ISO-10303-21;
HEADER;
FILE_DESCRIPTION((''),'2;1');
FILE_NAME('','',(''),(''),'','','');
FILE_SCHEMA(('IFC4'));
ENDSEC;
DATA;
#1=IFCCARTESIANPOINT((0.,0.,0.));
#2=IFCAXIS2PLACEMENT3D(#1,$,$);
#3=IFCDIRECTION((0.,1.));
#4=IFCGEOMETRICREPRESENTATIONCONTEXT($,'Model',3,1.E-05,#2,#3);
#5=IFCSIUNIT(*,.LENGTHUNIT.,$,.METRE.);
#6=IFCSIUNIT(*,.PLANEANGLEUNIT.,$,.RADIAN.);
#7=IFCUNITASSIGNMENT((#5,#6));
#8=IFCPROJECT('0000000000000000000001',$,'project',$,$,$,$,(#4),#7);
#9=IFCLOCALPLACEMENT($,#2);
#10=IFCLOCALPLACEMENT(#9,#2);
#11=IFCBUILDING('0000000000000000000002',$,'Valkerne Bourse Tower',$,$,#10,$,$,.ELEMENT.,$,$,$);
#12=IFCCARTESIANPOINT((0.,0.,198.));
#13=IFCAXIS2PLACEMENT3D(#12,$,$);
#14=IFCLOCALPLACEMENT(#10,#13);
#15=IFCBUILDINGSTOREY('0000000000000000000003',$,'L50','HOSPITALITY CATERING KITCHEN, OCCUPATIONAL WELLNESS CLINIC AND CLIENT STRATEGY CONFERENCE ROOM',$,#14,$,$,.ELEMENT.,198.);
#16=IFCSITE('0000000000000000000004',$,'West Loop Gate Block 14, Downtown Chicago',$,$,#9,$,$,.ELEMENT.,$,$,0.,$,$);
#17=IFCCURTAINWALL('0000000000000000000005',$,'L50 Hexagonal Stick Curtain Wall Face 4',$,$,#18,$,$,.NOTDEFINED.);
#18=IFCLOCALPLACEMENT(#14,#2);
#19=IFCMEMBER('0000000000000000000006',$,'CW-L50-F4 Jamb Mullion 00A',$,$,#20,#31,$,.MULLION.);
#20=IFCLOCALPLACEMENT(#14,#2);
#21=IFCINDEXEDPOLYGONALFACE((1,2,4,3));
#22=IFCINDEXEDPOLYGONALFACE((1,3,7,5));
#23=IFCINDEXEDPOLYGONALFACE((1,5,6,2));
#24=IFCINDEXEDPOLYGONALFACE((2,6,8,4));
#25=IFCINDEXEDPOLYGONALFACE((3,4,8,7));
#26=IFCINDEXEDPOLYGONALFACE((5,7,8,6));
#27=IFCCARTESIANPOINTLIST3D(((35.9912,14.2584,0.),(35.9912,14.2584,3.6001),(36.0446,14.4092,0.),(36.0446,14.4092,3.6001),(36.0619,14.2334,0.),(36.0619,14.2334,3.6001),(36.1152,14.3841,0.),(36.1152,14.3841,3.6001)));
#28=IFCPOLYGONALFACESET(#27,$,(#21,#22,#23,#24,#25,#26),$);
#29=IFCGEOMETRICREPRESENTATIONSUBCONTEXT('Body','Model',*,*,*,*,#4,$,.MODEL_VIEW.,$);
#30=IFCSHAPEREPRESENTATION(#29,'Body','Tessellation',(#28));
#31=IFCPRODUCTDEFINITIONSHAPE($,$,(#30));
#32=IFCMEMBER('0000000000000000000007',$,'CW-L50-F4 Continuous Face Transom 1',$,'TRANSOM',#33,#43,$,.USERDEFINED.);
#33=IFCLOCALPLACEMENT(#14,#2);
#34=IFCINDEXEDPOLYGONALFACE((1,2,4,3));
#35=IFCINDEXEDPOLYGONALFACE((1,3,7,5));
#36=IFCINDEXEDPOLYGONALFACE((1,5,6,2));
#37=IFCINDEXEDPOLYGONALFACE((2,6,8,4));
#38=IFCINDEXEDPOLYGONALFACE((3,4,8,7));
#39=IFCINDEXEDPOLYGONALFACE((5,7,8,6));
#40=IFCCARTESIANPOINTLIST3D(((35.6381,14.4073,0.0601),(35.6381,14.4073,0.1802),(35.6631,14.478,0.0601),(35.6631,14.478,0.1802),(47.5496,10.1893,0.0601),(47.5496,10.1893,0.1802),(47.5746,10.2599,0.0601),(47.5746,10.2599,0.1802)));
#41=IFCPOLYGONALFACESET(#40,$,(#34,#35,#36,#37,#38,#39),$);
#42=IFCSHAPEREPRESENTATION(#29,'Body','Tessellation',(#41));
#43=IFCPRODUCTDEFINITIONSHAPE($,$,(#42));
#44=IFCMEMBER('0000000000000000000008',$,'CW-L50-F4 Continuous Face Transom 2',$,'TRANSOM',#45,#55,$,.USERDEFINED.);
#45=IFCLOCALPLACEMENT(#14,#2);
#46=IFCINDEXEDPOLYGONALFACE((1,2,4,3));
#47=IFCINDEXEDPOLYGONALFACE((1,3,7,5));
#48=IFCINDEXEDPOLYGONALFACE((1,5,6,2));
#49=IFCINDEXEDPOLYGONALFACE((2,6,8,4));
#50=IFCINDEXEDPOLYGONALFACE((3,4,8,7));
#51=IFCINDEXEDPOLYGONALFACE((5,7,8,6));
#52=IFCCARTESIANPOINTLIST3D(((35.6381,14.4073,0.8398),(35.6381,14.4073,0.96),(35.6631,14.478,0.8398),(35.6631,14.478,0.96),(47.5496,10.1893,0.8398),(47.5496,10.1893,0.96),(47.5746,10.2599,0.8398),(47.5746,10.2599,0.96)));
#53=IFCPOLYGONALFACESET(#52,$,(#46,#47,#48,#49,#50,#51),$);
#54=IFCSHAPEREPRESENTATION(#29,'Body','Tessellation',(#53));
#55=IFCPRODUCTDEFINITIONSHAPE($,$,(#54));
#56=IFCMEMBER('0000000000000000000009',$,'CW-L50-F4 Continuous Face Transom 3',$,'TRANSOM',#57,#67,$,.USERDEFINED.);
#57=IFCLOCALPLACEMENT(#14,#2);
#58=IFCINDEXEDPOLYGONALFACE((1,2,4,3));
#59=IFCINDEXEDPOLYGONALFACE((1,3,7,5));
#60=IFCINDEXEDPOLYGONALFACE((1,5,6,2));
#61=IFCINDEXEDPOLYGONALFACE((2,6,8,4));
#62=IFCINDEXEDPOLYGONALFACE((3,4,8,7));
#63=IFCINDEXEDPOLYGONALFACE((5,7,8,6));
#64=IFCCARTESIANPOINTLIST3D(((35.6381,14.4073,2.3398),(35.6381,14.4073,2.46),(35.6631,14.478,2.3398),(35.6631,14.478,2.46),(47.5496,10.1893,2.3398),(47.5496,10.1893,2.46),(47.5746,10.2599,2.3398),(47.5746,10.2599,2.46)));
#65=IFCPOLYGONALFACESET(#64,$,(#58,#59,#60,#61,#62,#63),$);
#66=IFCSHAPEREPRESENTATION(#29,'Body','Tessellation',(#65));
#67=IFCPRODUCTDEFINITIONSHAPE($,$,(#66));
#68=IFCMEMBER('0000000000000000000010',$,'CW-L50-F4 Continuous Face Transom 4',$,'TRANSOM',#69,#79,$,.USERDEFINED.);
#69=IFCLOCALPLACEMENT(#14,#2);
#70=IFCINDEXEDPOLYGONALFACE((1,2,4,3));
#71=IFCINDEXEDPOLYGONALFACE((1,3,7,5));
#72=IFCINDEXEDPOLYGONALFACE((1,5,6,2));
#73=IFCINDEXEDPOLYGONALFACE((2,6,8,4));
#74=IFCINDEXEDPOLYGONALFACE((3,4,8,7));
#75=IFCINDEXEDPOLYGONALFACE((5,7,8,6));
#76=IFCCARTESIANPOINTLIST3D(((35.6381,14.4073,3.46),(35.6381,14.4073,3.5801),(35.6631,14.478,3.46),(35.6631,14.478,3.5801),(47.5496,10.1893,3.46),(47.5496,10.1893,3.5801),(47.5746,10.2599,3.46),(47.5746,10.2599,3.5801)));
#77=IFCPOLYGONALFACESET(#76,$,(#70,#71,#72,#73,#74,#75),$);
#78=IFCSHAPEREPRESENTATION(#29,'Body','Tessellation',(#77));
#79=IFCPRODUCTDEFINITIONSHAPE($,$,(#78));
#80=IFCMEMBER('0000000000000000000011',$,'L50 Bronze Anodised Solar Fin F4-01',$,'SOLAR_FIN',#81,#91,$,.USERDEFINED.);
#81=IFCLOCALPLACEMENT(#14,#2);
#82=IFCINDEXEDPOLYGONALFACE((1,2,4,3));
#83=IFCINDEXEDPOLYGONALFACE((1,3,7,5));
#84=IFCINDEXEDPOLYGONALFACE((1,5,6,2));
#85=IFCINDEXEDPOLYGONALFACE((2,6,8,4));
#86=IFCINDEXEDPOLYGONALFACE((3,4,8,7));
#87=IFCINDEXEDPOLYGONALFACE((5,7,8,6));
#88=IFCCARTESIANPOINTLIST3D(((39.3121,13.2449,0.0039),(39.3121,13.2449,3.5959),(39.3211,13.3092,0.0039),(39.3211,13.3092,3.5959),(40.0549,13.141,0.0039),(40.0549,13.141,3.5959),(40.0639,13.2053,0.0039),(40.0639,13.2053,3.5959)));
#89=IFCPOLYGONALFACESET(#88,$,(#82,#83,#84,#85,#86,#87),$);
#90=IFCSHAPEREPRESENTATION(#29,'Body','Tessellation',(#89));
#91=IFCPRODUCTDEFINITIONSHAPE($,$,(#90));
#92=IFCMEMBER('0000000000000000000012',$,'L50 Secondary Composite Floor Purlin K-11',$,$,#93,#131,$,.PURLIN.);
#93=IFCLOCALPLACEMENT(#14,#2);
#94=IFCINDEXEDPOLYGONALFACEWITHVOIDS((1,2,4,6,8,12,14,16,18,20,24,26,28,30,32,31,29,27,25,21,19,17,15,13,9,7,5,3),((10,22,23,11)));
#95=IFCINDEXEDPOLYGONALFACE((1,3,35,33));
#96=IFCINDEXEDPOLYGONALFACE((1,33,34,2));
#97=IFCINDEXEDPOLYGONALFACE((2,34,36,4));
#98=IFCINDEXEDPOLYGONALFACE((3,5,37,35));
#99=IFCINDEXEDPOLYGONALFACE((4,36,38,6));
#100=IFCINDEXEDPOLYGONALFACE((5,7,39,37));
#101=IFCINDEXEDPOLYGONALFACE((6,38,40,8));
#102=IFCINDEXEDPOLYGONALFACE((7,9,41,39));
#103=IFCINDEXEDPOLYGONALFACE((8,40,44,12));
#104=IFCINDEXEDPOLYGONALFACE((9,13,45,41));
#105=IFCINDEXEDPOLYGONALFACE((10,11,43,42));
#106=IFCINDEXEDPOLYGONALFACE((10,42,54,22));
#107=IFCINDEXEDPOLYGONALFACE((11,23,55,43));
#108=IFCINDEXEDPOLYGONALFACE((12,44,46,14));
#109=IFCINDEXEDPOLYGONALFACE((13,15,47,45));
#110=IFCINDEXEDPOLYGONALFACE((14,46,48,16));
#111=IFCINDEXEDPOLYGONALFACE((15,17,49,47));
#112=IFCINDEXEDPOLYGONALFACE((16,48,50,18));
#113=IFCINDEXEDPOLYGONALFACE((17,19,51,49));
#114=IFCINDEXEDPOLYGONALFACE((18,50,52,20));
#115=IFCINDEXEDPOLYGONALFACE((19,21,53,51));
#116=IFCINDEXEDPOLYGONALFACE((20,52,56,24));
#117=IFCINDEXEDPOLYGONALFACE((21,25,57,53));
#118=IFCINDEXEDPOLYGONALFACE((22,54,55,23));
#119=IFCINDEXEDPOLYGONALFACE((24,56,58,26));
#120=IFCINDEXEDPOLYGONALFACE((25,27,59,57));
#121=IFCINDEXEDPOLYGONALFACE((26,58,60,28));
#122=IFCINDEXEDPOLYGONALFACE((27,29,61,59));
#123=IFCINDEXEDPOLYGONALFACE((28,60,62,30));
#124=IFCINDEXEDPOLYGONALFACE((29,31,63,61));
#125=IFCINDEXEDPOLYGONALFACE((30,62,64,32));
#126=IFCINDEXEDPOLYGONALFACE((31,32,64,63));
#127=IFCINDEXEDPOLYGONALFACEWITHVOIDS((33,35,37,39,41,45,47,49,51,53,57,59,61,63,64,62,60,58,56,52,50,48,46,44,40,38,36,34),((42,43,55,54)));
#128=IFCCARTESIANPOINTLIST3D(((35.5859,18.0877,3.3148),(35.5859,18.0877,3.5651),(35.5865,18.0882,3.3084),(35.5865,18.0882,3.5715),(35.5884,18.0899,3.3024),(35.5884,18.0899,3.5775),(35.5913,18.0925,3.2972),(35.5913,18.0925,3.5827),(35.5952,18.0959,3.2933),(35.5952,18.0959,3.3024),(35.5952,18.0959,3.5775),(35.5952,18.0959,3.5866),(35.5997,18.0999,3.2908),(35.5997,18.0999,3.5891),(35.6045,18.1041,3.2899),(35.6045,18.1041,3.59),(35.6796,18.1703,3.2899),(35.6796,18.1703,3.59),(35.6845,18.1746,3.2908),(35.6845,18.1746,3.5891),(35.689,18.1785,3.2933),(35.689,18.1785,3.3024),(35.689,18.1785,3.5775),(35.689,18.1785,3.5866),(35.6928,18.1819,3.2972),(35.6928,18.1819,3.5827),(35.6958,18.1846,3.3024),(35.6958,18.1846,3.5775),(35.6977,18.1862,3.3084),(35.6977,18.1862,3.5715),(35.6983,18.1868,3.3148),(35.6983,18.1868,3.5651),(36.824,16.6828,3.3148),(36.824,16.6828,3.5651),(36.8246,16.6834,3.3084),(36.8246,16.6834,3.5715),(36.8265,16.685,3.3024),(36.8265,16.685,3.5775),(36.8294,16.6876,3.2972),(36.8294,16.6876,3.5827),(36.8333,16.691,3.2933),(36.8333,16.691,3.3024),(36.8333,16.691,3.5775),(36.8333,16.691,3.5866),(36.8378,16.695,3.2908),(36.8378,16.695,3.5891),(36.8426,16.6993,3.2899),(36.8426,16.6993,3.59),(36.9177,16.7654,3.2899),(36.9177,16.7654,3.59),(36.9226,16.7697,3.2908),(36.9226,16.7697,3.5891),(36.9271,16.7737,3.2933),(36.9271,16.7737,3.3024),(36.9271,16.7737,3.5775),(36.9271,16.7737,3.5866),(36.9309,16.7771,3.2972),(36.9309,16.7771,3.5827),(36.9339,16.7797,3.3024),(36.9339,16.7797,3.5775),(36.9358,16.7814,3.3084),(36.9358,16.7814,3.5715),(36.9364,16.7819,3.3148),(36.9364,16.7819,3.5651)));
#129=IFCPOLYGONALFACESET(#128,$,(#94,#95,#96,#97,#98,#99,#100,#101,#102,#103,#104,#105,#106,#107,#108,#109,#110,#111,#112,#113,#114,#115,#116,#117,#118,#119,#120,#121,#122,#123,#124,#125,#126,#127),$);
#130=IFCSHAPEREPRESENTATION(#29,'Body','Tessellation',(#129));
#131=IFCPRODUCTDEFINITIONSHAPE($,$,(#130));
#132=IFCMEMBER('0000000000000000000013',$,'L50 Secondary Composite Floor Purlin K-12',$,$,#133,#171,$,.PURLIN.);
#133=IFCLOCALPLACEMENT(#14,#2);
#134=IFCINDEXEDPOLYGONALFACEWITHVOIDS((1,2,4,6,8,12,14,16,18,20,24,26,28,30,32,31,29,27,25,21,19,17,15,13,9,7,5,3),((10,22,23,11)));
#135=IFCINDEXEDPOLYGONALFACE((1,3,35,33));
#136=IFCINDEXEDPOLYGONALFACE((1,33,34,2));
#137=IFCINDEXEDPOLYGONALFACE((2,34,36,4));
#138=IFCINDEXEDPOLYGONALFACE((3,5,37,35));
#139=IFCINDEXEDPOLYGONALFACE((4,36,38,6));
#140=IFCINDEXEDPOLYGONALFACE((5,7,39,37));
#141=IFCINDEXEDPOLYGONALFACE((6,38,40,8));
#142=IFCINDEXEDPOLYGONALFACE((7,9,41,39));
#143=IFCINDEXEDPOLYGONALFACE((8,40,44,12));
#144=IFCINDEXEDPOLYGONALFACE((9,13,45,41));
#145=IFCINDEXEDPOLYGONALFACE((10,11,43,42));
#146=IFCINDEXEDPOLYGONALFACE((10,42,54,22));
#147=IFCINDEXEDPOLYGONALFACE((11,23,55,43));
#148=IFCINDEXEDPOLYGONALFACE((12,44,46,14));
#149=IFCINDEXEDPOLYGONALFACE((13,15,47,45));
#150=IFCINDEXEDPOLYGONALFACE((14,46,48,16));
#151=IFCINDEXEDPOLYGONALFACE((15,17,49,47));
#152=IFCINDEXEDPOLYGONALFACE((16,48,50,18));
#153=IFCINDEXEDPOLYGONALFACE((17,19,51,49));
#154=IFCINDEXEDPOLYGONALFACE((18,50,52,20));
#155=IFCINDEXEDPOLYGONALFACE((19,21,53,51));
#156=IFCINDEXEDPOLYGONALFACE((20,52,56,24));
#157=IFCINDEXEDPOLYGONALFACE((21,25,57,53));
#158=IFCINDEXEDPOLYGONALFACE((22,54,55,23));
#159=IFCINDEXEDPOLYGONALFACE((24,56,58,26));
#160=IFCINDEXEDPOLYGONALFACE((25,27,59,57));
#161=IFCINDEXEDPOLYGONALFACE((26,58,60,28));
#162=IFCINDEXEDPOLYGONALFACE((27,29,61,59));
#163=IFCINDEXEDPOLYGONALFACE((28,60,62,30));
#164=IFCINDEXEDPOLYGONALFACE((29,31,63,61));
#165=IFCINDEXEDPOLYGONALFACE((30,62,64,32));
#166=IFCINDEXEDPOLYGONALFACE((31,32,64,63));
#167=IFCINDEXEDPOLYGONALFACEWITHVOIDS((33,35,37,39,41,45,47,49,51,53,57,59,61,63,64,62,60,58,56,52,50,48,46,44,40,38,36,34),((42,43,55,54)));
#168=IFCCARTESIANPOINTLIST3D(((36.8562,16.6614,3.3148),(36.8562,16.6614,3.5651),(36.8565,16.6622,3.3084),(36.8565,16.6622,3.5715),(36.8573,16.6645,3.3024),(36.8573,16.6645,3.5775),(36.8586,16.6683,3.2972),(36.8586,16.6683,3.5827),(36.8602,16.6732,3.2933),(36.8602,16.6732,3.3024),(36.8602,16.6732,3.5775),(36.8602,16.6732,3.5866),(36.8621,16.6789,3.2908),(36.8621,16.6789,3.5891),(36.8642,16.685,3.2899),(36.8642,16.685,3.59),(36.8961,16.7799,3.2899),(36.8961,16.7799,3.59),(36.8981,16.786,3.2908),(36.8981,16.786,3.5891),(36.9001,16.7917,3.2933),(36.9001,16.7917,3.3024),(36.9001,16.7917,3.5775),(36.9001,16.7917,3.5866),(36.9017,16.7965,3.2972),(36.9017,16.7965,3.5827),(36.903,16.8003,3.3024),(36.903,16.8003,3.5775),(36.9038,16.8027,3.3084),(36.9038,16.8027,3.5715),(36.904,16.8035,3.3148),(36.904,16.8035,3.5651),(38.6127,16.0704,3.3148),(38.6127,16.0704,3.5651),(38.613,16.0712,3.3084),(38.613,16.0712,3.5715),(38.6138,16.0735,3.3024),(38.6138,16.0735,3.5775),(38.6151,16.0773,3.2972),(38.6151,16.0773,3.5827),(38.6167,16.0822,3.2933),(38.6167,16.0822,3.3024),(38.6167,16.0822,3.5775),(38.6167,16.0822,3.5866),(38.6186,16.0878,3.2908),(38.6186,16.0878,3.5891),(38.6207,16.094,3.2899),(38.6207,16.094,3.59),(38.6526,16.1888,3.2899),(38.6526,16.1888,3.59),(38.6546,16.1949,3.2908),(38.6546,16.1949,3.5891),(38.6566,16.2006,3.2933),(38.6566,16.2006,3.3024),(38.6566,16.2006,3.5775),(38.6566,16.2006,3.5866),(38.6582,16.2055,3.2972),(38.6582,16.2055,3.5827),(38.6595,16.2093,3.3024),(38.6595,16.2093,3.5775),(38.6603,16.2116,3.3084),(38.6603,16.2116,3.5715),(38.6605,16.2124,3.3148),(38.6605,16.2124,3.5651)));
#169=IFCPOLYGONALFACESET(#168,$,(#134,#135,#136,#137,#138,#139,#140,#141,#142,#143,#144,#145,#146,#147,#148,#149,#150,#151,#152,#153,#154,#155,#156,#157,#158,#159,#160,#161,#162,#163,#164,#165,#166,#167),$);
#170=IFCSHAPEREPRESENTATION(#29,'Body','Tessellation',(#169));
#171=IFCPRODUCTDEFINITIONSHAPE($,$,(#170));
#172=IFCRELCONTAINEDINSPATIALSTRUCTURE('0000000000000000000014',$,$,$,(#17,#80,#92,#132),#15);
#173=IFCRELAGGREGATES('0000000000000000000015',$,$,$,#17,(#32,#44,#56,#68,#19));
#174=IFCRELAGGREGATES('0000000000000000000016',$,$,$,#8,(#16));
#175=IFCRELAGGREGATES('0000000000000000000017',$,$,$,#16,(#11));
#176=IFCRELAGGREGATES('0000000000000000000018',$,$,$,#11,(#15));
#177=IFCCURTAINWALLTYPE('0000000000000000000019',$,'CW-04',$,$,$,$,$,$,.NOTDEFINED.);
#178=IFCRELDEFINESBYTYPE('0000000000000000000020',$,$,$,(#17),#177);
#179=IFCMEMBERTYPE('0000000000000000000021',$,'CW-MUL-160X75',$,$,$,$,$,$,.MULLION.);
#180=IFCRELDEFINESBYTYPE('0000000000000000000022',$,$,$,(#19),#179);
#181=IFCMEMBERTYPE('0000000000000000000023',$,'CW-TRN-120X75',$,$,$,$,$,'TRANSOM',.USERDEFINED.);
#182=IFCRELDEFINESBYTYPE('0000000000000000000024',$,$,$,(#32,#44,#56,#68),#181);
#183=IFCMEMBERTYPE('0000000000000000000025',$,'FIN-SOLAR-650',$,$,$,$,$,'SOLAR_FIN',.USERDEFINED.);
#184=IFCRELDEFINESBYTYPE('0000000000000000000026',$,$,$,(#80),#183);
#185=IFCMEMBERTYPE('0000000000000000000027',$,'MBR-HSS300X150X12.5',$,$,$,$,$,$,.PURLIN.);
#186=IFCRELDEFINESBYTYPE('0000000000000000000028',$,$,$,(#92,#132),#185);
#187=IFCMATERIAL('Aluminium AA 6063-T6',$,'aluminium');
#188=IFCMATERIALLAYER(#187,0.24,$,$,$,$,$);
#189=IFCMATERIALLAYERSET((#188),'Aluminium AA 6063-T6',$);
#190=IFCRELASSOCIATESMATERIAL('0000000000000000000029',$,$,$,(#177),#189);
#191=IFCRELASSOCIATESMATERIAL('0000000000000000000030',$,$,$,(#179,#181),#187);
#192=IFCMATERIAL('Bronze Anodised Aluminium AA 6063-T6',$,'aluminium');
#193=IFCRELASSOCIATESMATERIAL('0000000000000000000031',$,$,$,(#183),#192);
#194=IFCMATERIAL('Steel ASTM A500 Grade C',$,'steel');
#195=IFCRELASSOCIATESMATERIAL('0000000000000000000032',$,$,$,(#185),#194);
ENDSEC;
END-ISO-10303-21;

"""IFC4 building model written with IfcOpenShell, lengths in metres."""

from ifc_helpers import new_model, si_unit, direction, frame, origin, origin_2d, place, context, subcontext, project, spatial, rectangle, hollow_rectangle, extrude, material, layer, layer_set, material_profile, profile_set, type_object, element, aggregate, save


model = new_model("IFC4")

# Units and contexts
model_context = context("Model", 3, precision=1e-05, world=origin(), true_north=direction((0.0, 1.0)))
body_context = subcontext(model_context, "Body", "Model", "MODEL_VIEW")
ifc_project = project(units=[si_unit("LENGTHUNIT", "METRE"), si_unit("PLANEANGLEUNIT", "RADIAN")], contexts=[model_context])

# Site, building, storey
site_placement = place(None, origin())
site = spatial("IfcSite", under=ifc_project, at=site_placement, Name="West Loop Gate Block 14, Downtown Chicago", CompositionType="ELEMENT", RefElevation=0.0)
building_placement = place(site_placement, origin())
building = spatial("IfcBuilding", under=site, at=building_placement, Name="Valkerne Bourse Tower", CompositionType="ELEMENT")
storey_placement = place(building_placement, frame((0.0, 0.0, 198.0)))
storey = spatial("IfcBuildingStorey", under=building, at=storey_placement, Name="L50", Description="HOSPITALITY CATERING KITCHEN, OCCUPATIONAL WELLNESS CLINIC AND CLIENT STRATEGY CONFERENCE ROOM", CompositionType="ELEMENT", Elevation=198.0)

# Curtain wall, members
ifc_material_1 = material(Name="Aluminium AA 6063-T6", Category="aluminium")
ifc_layer_1 = layer(ifc_material_1, 0.24)
ifc_layer_set_1 = layer_set([ifc_layer_1], Name="Aluminium AA 6063-T6")
curtain_wall_type = type_object("IfcCurtainWallType", Name="CW-04", PredefinedType="NOTDEFINED", material=ifc_layer_set_1)
curtain_wall_placement = place(storey_placement, origin())
curtain_wall = element("IfcCurtainWall", 1, at=curtain_wall_placement, inside=storey, type_object=curtain_wall_type, Name="L50 Hexagonal Stick Curtain Wall Face 4", PredefinedType="NOTDEFINED")
ifc_material_profile_1 = material_profile(ifc_material_1, rectangle(XDim=0.075, YDim=0.1599, at=origin_2d()), Name="CWM-75X160")
ifc_profile_set_1 = profile_set([ifc_material_profile_1], Name="Aluminium AA 6063-T6")
member_type_1 = type_object("IfcMemberType", Name="CW-MUL-160X75", PredefinedType="MULLION", material=ifc_profile_set_1)
member_1_placement = place(storey_placement, frame((36.0532, 14.3213, 0.0), z_axis=(0.0, 0.0, 1.0), x_axis=(0.942644, -0.333801, 0.0)))
member_1 = element("IfcMember", 2, at=member_1_placement, type_object=member_type_1, Name="CW-L50-F4 Jamb Mullion 00A", PredefinedType="MULLION", context=body_context, shape_type="SweptSolid", body=[
    extrude(rectangle(XDim=0.075, YDim=0.1599, at=origin_2d()), origin(), (0.0, 0.0, 1.0), 3.6001),
])
ifc_material_profile_2 = material_profile(ifc_material_1, rectangle(XDim=0.075, YDim=0.1201, at=origin_2d()), Name="CWT-75X120")
ifc_profile_set_2 = profile_set([ifc_material_profile_2], Name="Aluminium AA 6063-T6")
member_type_2 = type_object("IfcMemberType", Name="CW-TRN-120X75", ElementType="TRANSOM", PredefinedType="USERDEFINED", material=ifc_profile_set_2)
member_2_placement = place(storey_placement, frame((35.6506, 14.4426, 0.1201), z_axis=(0.942642, -0.333805, 0.0), x_axis=(0.333805, 0.942642, 0.0)))
member_2 = element("IfcMember", 3, at=member_2_placement, type_object=member_type_2, Name="CW-L50-F4 Continuous Face Transom 1", ObjectType="TRANSOM", PredefinedType="USERDEFINED", context=body_context, shape_type="SweptSolid", body=[
    extrude(rectangle(XDim=0.075, YDim=0.1201, at=origin_2d()), origin(), (0.0, 0.0, 1.0), 12.6362),
])
member_3_placement = place(storey_placement, frame((35.6506, 14.4426, 0.8999), z_axis=(0.942642, -0.333805, 0.0), x_axis=(0.333805, 0.942642, 0.0)))
member_3 = element("IfcMember", 4, at=member_3_placement, type_object=member_type_2, Name="CW-L50-F4 Continuous Face Transom 2", ObjectType="TRANSOM", PredefinedType="USERDEFINED", context=body_context, shape_type="SweptSolid", body=[
    extrude(rectangle(XDim=0.075, YDim=0.1201, at=origin_2d()), origin(), (0.0, 0.0, 1.0), 12.6362),
])
member_4_placement = place(storey_placement, frame((35.6506, 14.4426, 2.3999), z_axis=(0.942642, -0.333805, 0.0), x_axis=(0.333805, 0.942642, 0.0)))
member_4 = element("IfcMember", 5, at=member_4_placement, type_object=member_type_2, Name="CW-L50-F4 Continuous Face Transom 3", ObjectType="TRANSOM", PredefinedType="USERDEFINED", context=body_context, shape_type="SweptSolid", body=[
    extrude(rectangle(XDim=0.075, YDim=0.1201, at=origin_2d()), origin(), (0.0, 0.0, 1.0), 12.6362),
])
member_5_placement = place(storey_placement, frame((35.6506, 14.4426, 3.52), z_axis=(0.942642, -0.333805, 0.0), x_axis=(0.333805, 0.942642, 0.0)))
member_5 = element("IfcMember", 6, at=member_5_placement, type_object=member_type_2, Name="CW-L50-F4 Continuous Face Transom 4", ObjectType="TRANSOM", PredefinedType="USERDEFINED", context=body_context, shape_type="SweptSolid", body=[
    extrude(rectangle(XDim=0.075, YDim=0.1201, at=origin_2d()), origin(), (0.0, 0.0, 1.0), 12.6362),
])

# Members
ifc_material_2 = material(Name="Bronze Anodised Aluminium AA 6063-T6", Category="aluminium")
ifc_material_profile_3 = material_profile(ifc_material_2, rectangle(XDim=0.0649, YDim=0.75, at=origin_2d()), Name="FIN-65X750")
ifc_profile_set_3 = profile_set([ifc_material_profile_3], Name="Bronze Anodised Aluminium AA 6063-T6")
member_type_3 = type_object("IfcMemberType", Name="FIN-SOLAR-650", ElementType="SOLAR_FIN", PredefinedType="USERDEFINED", material=ifc_profile_set_3)
member_6_placement = place(storey_placement, frame((39.688, 13.2251, 0.0039), z_axis=(0.0, 0.0, 1.0), x_axis=(-0.138522, -0.990359, 0.0)))
element("IfcMember", 7, at=member_6_placement, inside=storey, type_object=member_type_3, Name="L50 Bronze Anodised Solar Fin F4-01", ObjectType="SOLAR_FIN", PredefinedType="USERDEFINED", context=body_context, shape_type="SweptSolid", body=[
    extrude(rectangle(XDim=0.0649, YDim=0.75, at=origin_2d()), origin(), (0.0, 0.0, 1.0), 3.592),
])
ifc_material_3 = material(Name="Steel ASTM A500 Grade C", Category="steel")
ifc_material_profile_4 = material_profile(ifc_material_3, hollow_rectangle(XDim=0.1499, YDim=0.3, WallThickness=0.0125, OuterFilletRadius=0.0249, at=origin_2d()), Name="HSS300X150X12.5")
ifc_profile_set_4 = profile_set([ifc_material_profile_4], Name="Steel ASTM A500 Grade C")
member_type_4 = type_object("IfcMemberType", Name="MBR-HSS300X150X12.5", PredefinedType="PURLIN", material=ifc_profile_set_4)
member_7_placement = place(storey_placement, frame((35.6421, 18.1372, 3.4399), z_axis=(0.661177, -0.75023, 0.0), x_axis=(0.75023, 0.661177, 0.0)))
element("IfcMember", 8, at=member_7_placement, inside=storey, type_object=member_type_4, Name="L50 Secondary Composite Floor Purlin K-11", PredefinedType="PURLIN", context=body_context, shape_type="SweptSolid", body=[
    extrude(hollow_rectangle(XDim=0.1499, YDim=0.3, WallThickness=0.0125, OuterFilletRadius=0.0249, at=origin_2d()), origin(), (0.0, 0.0, 1.0), 1.8726),
])
for number, where, z_axis, x_axis, name in (
    (9, (36.8801, 16.7324, 3.4399), (0.947784, -0.318914, 0.0), (0.318914, 0.947784, 0.0), "L50 Secondary Composite Floor Purlin K-12"),
):
    element("IfcMember", number, at=place(storey_placement, frame(where, z_axis=z_axis, x_axis=x_axis)), inside=storey, type_object=member_type_4, Name=name, PredefinedType="PURLIN", context=body_context, shape_type="SweptSolid", body=[
        extrude(hollow_rectangle(XDim=0.1499, YDim=0.3, WallThickness=0.0125, OuterFilletRadius=0.0249, at=origin_2d()), origin(), (0.0, 0.0, 1.0), 1.8533),
    ])

aggregate(curtain_wall, [member_2, member_3, member_4, member_5, member_1])

save(model, "model.ifc")
